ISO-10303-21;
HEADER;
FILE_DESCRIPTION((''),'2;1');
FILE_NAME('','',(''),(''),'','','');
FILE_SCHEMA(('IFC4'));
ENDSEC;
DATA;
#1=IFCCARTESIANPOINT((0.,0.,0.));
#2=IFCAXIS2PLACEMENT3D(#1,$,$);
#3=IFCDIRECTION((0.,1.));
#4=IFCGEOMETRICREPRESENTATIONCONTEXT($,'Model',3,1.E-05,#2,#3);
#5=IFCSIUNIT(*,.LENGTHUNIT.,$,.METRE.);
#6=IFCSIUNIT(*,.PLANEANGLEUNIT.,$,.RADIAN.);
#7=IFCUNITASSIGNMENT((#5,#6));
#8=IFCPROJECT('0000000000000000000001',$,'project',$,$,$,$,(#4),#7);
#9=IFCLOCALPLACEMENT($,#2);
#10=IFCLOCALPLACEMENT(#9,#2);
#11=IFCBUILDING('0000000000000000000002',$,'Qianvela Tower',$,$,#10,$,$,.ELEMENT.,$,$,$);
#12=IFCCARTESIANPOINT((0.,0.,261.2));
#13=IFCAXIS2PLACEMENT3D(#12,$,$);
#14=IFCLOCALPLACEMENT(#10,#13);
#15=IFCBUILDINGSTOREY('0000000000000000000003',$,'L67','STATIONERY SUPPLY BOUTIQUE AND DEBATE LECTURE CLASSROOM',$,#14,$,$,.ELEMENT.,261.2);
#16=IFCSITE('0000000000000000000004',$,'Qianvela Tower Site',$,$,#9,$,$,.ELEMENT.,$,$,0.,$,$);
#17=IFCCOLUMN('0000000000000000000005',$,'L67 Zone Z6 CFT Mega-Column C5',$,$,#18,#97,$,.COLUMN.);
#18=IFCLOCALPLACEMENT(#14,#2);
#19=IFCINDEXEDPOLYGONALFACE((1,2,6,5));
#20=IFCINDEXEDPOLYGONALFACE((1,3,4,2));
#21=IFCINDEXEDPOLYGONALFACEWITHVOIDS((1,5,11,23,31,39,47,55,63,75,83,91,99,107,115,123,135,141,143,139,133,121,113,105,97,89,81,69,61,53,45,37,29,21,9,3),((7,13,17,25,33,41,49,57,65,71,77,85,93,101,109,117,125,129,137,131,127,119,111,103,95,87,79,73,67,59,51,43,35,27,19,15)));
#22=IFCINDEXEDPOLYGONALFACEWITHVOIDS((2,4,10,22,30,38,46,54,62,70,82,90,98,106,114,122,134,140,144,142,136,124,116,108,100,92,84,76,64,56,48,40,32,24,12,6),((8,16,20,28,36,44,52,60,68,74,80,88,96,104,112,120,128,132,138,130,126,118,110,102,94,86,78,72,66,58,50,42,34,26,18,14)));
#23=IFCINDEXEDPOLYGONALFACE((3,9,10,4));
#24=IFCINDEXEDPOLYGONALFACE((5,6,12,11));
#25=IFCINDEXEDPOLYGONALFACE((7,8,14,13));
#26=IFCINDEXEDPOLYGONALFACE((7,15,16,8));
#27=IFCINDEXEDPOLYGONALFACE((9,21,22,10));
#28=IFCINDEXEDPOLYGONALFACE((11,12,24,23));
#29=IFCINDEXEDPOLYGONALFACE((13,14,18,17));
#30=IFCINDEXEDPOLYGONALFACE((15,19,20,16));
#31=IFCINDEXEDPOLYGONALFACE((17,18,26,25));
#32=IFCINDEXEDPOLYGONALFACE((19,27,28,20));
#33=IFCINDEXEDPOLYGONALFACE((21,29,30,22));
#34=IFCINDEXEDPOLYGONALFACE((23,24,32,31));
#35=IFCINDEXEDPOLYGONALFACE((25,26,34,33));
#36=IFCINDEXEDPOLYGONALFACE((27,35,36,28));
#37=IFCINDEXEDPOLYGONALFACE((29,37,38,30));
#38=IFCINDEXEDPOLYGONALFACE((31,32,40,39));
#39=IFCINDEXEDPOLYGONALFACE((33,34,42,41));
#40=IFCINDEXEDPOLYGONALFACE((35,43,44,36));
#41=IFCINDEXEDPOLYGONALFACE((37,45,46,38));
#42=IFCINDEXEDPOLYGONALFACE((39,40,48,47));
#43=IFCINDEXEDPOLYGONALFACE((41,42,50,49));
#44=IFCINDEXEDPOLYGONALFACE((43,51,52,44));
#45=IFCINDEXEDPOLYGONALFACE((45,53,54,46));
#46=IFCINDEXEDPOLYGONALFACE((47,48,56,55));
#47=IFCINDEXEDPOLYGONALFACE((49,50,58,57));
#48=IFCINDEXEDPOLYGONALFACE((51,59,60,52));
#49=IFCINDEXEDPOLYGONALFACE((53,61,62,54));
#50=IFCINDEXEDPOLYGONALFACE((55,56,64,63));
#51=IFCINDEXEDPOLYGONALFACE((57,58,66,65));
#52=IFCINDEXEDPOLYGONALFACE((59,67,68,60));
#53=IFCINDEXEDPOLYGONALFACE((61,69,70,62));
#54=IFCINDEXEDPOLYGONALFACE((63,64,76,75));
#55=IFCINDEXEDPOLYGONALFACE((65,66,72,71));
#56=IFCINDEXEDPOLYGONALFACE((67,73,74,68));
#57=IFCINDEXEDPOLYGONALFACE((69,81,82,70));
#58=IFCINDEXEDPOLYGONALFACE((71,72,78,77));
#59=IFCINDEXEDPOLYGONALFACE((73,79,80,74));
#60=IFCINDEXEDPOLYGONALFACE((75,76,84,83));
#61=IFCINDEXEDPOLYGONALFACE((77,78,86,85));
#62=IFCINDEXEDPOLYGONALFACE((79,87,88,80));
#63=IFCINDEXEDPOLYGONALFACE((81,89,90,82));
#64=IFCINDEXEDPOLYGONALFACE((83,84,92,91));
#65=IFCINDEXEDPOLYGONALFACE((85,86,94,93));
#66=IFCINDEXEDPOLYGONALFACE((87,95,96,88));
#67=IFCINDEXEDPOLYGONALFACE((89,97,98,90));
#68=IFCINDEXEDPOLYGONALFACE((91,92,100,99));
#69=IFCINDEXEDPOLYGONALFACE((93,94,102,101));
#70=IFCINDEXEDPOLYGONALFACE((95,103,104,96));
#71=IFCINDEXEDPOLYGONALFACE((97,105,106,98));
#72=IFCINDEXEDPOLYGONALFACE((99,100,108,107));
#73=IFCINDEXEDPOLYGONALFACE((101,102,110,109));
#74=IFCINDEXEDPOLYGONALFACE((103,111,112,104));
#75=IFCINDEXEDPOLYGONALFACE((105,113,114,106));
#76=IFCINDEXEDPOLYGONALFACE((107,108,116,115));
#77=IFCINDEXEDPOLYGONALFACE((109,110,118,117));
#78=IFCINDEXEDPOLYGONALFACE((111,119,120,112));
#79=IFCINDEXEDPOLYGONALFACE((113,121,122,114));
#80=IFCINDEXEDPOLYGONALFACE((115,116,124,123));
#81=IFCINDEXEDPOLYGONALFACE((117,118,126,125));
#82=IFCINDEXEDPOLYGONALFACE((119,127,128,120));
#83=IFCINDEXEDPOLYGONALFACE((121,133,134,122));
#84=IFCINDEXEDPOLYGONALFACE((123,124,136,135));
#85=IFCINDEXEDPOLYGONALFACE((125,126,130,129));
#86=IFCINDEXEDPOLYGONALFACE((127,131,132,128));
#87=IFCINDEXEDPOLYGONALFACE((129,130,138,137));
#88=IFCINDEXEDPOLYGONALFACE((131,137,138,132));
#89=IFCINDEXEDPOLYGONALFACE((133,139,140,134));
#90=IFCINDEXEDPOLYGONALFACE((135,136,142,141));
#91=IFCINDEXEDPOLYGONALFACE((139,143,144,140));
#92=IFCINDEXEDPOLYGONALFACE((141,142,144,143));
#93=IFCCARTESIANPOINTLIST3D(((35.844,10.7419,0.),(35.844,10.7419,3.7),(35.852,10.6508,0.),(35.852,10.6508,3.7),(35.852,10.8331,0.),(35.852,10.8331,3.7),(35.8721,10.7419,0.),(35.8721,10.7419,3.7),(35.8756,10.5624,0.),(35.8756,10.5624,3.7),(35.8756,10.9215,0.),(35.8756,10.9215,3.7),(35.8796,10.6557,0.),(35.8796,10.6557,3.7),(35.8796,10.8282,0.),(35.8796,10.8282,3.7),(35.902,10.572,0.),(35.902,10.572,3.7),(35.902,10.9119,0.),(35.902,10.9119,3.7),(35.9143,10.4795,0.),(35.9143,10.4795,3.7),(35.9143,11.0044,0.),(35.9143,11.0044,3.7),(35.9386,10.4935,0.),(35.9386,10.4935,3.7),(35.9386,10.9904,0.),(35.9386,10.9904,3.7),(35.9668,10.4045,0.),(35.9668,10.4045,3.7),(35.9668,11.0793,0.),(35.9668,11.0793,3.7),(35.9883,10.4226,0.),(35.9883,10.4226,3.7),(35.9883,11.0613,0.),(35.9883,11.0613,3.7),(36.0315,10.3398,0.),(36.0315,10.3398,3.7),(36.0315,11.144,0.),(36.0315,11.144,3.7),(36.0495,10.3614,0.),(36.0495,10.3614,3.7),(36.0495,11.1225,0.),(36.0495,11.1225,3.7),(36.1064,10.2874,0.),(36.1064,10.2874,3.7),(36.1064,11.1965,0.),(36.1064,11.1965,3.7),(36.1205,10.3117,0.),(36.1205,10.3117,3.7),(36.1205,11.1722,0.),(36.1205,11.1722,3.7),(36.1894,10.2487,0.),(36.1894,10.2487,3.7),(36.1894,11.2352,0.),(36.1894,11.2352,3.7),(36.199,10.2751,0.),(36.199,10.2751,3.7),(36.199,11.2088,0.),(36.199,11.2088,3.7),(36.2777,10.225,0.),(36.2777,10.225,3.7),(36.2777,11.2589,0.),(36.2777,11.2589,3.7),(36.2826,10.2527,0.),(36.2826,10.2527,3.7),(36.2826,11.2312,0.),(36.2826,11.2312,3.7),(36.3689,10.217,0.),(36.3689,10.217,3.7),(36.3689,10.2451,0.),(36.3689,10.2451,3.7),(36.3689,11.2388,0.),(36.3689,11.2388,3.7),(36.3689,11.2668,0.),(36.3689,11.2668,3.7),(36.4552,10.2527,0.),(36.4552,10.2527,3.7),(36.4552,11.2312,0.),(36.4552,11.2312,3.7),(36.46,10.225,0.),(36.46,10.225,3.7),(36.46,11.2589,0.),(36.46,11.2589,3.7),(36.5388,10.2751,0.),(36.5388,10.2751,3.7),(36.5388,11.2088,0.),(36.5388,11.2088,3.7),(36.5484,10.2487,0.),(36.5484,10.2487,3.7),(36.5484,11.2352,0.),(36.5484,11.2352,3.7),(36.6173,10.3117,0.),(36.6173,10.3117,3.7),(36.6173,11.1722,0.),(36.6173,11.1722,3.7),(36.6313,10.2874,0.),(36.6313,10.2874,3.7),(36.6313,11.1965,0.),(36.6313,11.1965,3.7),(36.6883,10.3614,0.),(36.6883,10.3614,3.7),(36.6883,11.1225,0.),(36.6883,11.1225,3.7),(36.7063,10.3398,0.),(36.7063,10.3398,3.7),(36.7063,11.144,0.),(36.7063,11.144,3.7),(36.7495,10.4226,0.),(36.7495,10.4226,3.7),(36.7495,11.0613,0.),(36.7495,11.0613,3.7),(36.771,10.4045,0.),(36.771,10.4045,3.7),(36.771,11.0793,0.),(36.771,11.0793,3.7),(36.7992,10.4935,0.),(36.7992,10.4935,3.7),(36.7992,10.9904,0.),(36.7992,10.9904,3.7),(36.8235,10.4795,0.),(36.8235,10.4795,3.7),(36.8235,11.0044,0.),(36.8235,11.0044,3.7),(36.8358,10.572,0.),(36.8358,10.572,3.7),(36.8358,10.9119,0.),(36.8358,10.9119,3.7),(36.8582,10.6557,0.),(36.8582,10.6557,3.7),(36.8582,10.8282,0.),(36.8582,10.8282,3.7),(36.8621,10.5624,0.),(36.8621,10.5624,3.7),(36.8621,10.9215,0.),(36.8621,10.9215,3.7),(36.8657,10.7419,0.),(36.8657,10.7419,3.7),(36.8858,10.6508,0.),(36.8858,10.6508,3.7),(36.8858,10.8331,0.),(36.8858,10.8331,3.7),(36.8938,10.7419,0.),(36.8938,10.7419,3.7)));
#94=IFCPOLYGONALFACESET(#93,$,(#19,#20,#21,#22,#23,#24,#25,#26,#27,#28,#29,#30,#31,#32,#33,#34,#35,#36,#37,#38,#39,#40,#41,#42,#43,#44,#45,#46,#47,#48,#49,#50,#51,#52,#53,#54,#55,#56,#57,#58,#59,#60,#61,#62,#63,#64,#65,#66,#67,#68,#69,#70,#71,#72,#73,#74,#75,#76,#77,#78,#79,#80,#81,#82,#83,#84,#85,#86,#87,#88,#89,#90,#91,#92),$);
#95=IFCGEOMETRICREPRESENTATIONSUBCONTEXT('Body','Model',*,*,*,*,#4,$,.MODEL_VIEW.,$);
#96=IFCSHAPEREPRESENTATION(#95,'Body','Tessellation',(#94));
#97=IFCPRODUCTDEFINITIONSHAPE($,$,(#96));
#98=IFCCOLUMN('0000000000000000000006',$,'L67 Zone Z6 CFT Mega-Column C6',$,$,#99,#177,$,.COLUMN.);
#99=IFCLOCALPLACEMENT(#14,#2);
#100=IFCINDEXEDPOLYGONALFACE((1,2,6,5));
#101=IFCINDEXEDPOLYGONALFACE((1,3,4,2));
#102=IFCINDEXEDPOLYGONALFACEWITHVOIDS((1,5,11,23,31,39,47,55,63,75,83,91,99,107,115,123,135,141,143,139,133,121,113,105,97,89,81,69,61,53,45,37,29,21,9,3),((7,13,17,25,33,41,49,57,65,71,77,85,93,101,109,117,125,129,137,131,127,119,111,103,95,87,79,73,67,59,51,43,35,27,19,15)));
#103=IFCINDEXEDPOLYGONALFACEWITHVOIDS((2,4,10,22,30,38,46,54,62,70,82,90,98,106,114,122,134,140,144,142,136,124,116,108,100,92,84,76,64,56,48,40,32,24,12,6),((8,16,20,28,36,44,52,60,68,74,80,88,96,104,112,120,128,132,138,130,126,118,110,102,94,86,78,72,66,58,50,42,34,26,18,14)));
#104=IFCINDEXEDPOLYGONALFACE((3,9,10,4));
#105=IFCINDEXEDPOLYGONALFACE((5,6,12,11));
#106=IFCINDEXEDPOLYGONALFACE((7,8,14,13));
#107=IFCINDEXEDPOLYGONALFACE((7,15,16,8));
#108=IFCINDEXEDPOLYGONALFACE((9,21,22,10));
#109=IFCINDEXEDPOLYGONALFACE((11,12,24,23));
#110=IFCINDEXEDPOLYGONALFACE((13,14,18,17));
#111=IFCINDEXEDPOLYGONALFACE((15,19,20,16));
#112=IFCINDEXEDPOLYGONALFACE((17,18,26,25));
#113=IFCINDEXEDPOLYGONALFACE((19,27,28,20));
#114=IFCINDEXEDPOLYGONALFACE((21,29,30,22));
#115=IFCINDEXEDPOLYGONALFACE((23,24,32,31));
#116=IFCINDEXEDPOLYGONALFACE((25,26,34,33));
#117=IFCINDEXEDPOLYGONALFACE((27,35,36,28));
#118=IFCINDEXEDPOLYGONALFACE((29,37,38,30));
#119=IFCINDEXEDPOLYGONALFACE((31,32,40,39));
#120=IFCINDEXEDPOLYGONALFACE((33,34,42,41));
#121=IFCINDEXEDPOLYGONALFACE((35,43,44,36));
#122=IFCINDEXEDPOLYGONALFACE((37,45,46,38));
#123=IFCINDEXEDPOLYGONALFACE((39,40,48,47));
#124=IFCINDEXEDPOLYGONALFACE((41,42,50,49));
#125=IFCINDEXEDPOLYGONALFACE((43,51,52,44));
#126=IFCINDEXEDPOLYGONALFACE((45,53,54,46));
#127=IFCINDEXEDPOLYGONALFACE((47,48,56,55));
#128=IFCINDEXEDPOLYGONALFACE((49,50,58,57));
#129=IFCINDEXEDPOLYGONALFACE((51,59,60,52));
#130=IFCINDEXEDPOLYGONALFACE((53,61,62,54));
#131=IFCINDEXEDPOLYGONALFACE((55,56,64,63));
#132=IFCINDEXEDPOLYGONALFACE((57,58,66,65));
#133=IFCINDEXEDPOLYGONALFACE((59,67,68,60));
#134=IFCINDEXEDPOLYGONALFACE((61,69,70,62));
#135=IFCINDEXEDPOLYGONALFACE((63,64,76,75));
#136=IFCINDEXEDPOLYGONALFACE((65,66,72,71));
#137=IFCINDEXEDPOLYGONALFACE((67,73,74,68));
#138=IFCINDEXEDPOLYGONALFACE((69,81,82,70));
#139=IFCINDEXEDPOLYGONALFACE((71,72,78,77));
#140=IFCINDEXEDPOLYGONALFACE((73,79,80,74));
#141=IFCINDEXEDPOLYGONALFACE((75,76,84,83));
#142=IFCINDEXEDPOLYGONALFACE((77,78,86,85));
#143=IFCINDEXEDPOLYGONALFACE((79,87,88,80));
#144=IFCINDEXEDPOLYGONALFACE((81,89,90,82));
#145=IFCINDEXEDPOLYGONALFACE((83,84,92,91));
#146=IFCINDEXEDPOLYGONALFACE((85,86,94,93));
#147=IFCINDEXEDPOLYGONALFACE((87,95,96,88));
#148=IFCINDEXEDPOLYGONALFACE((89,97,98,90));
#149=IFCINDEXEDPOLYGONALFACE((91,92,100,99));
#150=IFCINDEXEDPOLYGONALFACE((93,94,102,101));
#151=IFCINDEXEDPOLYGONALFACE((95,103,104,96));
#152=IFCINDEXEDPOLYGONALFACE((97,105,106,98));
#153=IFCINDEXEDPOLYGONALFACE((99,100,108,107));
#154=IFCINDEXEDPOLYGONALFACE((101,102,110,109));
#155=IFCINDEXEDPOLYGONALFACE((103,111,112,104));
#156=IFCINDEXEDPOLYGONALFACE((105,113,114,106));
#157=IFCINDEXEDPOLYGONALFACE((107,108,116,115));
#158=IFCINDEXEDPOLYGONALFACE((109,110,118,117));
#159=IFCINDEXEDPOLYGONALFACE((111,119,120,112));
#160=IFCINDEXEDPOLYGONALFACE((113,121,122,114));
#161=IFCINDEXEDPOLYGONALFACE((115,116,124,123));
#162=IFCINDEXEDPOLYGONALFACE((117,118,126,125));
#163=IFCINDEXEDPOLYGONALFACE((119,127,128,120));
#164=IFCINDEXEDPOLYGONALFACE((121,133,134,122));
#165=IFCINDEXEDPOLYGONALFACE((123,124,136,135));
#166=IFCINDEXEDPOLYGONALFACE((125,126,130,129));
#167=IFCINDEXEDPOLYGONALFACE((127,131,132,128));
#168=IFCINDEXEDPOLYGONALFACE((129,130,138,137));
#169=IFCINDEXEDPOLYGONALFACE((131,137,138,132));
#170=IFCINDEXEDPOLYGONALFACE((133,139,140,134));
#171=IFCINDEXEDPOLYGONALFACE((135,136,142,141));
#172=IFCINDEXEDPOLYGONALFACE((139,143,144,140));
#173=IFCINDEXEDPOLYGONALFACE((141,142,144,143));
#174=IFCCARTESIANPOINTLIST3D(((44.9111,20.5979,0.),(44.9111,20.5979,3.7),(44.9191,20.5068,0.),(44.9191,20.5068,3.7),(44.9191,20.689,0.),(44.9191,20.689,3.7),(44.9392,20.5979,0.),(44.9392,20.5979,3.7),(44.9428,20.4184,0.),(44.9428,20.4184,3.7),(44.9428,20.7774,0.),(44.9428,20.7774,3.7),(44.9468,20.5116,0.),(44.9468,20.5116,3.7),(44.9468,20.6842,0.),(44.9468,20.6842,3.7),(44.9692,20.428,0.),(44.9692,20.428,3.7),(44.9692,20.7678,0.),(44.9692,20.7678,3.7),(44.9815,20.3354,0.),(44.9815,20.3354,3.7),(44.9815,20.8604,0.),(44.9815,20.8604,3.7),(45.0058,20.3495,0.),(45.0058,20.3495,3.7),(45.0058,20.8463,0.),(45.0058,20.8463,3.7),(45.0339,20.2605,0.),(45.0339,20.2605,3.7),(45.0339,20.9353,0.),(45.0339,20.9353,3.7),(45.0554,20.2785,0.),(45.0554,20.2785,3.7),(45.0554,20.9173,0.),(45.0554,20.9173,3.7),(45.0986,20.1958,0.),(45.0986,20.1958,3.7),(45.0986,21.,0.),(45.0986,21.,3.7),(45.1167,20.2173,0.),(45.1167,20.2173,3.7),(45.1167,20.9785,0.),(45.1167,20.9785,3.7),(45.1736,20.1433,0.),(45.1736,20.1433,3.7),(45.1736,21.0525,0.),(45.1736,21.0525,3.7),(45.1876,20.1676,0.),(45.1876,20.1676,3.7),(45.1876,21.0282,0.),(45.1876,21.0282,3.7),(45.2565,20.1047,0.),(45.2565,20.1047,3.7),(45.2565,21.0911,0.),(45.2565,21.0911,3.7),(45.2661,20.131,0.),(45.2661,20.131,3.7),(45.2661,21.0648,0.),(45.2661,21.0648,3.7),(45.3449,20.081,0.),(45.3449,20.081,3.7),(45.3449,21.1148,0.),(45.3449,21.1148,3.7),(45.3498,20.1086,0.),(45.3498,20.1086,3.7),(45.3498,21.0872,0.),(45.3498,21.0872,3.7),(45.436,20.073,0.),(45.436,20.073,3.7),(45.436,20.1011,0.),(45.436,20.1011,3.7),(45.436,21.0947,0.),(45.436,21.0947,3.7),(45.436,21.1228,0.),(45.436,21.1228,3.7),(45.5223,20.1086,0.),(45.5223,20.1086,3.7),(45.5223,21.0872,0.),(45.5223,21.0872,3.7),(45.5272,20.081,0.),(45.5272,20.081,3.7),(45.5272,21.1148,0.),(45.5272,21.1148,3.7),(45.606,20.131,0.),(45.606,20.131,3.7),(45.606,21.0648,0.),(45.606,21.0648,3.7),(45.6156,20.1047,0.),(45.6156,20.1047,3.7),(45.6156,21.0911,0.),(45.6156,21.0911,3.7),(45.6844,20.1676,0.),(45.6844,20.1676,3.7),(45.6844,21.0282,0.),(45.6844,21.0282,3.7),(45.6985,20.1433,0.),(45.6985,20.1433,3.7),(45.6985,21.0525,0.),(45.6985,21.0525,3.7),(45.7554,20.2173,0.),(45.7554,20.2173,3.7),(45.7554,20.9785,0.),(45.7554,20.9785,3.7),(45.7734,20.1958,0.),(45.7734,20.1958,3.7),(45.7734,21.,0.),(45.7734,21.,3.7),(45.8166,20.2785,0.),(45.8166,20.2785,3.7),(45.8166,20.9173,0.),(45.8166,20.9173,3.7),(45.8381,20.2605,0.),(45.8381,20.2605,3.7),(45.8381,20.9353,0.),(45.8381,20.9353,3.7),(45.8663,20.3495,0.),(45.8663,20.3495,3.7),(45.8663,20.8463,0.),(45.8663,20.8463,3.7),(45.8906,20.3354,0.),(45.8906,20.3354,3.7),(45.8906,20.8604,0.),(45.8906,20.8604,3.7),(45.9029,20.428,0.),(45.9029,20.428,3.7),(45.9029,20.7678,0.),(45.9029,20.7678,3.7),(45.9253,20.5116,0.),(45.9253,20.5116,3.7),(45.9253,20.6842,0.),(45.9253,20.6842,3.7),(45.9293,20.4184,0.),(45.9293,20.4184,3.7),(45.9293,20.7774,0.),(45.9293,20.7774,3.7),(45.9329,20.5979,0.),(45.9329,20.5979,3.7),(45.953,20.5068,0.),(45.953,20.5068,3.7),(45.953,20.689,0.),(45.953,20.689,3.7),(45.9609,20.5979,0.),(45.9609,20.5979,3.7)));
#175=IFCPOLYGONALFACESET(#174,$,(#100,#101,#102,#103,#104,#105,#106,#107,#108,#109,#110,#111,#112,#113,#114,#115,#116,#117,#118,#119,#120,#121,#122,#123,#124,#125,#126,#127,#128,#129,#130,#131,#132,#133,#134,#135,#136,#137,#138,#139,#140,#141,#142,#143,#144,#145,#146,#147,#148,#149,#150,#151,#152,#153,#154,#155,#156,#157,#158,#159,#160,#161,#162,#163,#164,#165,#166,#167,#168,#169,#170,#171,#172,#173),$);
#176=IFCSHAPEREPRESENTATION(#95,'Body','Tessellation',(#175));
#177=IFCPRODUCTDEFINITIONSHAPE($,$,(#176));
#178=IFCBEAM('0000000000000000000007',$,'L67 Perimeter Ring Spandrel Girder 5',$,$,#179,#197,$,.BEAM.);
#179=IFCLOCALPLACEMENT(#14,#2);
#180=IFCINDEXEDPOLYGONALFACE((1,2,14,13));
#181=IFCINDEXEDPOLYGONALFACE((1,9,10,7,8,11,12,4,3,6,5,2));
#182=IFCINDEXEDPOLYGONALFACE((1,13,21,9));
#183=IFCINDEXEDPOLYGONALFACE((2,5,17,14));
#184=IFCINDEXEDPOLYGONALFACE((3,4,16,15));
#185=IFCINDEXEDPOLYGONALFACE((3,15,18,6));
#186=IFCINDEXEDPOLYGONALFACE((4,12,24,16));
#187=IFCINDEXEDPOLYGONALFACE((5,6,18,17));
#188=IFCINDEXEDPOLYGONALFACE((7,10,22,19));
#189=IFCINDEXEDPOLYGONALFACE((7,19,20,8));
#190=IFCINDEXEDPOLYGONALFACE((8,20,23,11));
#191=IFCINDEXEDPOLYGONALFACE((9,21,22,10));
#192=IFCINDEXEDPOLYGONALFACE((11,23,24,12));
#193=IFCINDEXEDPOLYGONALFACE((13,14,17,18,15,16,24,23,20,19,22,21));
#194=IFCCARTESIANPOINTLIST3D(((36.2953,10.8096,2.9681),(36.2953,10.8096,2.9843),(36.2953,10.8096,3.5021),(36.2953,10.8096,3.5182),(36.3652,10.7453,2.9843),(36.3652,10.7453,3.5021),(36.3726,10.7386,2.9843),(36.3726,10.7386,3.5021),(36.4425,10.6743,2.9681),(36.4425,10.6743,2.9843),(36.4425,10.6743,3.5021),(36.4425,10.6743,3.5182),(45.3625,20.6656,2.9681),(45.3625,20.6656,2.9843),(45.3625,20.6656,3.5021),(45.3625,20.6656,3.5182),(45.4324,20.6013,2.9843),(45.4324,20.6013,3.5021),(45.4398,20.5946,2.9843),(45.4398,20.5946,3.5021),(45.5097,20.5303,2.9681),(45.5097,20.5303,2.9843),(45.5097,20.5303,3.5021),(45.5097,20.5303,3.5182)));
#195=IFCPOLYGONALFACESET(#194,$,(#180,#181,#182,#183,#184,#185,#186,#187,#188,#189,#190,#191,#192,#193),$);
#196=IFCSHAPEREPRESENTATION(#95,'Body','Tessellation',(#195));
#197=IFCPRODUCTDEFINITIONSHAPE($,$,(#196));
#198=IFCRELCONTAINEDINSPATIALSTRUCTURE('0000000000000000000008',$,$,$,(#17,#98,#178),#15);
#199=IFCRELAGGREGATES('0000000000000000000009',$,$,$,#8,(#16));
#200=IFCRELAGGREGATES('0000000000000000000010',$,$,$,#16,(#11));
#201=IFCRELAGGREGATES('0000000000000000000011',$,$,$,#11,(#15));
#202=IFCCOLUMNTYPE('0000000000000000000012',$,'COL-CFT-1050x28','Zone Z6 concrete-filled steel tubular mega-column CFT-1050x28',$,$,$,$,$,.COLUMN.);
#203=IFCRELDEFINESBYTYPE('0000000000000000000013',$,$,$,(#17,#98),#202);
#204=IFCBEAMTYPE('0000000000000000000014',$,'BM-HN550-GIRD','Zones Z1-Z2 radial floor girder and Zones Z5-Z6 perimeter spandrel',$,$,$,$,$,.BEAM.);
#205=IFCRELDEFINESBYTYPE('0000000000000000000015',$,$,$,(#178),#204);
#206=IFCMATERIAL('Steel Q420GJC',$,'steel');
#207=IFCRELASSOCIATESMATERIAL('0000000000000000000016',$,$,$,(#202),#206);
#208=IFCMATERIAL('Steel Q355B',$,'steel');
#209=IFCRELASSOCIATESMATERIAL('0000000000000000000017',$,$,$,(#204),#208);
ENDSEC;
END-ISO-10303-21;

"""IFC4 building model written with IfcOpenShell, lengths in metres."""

from ifc_helpers import new_model, si_unit, direction, frame, origin, origin_2d, place, context, subcontext, project, spatial, hollow_circle, i_section, extrude, material, material_profile, profile_set, type_object, element, save


model = new_model("IFC4")

# Units and contexts
model_context = context("Model", 3, precision=1e-05, world=origin(), true_north=direction((0.0, 1.0)))
body_context = subcontext(model_context, "Body", "Model", "MODEL_VIEW")
ifc_project = project(units=[si_unit("LENGTHUNIT", "METRE"), si_unit("PLANEANGLEUNIT", "RADIAN")], contexts=[model_context])

# Site, building, storey
site_placement = place(None, origin())
site = spatial("IfcSite", under=ifc_project, at=site_placement, Name="Qianvela Tower Site", CompositionType="ELEMENT", RefElevation=0.0)
building_placement = place(site_placement, origin())
building = spatial("IfcBuilding", under=site, at=building_placement, Name="Qianvela Tower", CompositionType="ELEMENT")
storey_placement = place(building_placement, frame((0.0, 0.0, 261.2)))
storey = spatial("IfcBuildingStorey", under=building, at=storey_placement, Name="L67", Description="STATIONERY SUPPLY BOUTIQUE AND DEBATE LECTURE CLASSROOM", CompositionType="ELEMENT", Elevation=261.2)

# Columns
ifc_material_1 = material(Name="Steel Q420GJC", Category="steel")
ifc_material_profile_1 = material_profile(ifc_material_1, hollow_circle(Radius=0.5249, WallThickness=0.0281, at=origin_2d()), Name="CFT-1050x28")
ifc_profile_set_1 = profile_set([ifc_material_profile_1], Name="Steel Q420GJC")
column_type = type_object("IfcColumnType", Name="COL-CFT-1050x28", Description="Zone Z6 concrete-filled steel tubular mega-column CFT-1050x28", PredefinedType="COLUMN", material=ifc_profile_set_1)
for number, where, z_axis, x_axis, name in (
    (1, (36.3689, 10.7419, 0.0), (0.0, 0.0, 1.0), (1.0, 0.0, 0.0), "L67 Zone Z6 CFT Mega-Column C5"),
    (2, (45.436, 20.5979, 0.0), (0.0, 0.0, 1.0), (1.0, 0.0, 0.0), "L67 Zone Z6 CFT Mega-Column C6"),
):
    element("IfcColumn", number, at=place(storey_placement, frame(where, z_axis=z_axis, x_axis=x_axis)), inside=storey, type_object=column_type, Name=name, PredefinedType="COLUMN", context=body_context, shape_type="SweptSolid", body=[
        extrude(hollow_circle(Radius=0.5249, WallThickness=0.0281, at=origin_2d()), origin(), (0.0, 0.0, 1.0), 3.7),
    ])

# Beam
ifc_material_2 = material(Name="Steel Q355B", Category="steel")
ifc_material_profile_2 = material_profile(ifc_material_2, i_section(OverallWidth=0.2, OverallDepth=0.55, WebThickness=0.01, FlangeThickness=0.0161, at=origin_2d()), Name="HN550x200x10x16")
ifc_profile_set_2 = profile_set([ifc_material_profile_2], Name="Steel Q355B")
beam_type_1 = type_object("IfcBeamType", Name="BM-HN550-GIRD", Description="Zones Z1-Z2 radial floor girder and Zones Z5-Z6 perimeter spandrel", PredefinedType="BEAM", material=ifc_profile_set_2)
beam_1_placement = place(storey_placement, frame((36.3689, 10.7419, 3.2432), z_axis=(0.677043, 0.735944, 0.0), x_axis=(-0.735944, 0.677043, 0.0)))
element("IfcBeam", 3, at=beam_1_placement, inside=storey, type_object=beam_type_1, Name="L67 Perimeter Ring Spandrel Girder 5", PredefinedType="BEAM", context=body_context, shape_type="SweptSolid", body=[
    extrude(i_section(OverallWidth=0.2, OverallDepth=0.55, WebThickness=0.01, FlangeThickness=0.0161, at=origin_2d()), origin(), (0.0, 0.0, 1.0), 13.3923),
])

save(model, "model.ifc")
